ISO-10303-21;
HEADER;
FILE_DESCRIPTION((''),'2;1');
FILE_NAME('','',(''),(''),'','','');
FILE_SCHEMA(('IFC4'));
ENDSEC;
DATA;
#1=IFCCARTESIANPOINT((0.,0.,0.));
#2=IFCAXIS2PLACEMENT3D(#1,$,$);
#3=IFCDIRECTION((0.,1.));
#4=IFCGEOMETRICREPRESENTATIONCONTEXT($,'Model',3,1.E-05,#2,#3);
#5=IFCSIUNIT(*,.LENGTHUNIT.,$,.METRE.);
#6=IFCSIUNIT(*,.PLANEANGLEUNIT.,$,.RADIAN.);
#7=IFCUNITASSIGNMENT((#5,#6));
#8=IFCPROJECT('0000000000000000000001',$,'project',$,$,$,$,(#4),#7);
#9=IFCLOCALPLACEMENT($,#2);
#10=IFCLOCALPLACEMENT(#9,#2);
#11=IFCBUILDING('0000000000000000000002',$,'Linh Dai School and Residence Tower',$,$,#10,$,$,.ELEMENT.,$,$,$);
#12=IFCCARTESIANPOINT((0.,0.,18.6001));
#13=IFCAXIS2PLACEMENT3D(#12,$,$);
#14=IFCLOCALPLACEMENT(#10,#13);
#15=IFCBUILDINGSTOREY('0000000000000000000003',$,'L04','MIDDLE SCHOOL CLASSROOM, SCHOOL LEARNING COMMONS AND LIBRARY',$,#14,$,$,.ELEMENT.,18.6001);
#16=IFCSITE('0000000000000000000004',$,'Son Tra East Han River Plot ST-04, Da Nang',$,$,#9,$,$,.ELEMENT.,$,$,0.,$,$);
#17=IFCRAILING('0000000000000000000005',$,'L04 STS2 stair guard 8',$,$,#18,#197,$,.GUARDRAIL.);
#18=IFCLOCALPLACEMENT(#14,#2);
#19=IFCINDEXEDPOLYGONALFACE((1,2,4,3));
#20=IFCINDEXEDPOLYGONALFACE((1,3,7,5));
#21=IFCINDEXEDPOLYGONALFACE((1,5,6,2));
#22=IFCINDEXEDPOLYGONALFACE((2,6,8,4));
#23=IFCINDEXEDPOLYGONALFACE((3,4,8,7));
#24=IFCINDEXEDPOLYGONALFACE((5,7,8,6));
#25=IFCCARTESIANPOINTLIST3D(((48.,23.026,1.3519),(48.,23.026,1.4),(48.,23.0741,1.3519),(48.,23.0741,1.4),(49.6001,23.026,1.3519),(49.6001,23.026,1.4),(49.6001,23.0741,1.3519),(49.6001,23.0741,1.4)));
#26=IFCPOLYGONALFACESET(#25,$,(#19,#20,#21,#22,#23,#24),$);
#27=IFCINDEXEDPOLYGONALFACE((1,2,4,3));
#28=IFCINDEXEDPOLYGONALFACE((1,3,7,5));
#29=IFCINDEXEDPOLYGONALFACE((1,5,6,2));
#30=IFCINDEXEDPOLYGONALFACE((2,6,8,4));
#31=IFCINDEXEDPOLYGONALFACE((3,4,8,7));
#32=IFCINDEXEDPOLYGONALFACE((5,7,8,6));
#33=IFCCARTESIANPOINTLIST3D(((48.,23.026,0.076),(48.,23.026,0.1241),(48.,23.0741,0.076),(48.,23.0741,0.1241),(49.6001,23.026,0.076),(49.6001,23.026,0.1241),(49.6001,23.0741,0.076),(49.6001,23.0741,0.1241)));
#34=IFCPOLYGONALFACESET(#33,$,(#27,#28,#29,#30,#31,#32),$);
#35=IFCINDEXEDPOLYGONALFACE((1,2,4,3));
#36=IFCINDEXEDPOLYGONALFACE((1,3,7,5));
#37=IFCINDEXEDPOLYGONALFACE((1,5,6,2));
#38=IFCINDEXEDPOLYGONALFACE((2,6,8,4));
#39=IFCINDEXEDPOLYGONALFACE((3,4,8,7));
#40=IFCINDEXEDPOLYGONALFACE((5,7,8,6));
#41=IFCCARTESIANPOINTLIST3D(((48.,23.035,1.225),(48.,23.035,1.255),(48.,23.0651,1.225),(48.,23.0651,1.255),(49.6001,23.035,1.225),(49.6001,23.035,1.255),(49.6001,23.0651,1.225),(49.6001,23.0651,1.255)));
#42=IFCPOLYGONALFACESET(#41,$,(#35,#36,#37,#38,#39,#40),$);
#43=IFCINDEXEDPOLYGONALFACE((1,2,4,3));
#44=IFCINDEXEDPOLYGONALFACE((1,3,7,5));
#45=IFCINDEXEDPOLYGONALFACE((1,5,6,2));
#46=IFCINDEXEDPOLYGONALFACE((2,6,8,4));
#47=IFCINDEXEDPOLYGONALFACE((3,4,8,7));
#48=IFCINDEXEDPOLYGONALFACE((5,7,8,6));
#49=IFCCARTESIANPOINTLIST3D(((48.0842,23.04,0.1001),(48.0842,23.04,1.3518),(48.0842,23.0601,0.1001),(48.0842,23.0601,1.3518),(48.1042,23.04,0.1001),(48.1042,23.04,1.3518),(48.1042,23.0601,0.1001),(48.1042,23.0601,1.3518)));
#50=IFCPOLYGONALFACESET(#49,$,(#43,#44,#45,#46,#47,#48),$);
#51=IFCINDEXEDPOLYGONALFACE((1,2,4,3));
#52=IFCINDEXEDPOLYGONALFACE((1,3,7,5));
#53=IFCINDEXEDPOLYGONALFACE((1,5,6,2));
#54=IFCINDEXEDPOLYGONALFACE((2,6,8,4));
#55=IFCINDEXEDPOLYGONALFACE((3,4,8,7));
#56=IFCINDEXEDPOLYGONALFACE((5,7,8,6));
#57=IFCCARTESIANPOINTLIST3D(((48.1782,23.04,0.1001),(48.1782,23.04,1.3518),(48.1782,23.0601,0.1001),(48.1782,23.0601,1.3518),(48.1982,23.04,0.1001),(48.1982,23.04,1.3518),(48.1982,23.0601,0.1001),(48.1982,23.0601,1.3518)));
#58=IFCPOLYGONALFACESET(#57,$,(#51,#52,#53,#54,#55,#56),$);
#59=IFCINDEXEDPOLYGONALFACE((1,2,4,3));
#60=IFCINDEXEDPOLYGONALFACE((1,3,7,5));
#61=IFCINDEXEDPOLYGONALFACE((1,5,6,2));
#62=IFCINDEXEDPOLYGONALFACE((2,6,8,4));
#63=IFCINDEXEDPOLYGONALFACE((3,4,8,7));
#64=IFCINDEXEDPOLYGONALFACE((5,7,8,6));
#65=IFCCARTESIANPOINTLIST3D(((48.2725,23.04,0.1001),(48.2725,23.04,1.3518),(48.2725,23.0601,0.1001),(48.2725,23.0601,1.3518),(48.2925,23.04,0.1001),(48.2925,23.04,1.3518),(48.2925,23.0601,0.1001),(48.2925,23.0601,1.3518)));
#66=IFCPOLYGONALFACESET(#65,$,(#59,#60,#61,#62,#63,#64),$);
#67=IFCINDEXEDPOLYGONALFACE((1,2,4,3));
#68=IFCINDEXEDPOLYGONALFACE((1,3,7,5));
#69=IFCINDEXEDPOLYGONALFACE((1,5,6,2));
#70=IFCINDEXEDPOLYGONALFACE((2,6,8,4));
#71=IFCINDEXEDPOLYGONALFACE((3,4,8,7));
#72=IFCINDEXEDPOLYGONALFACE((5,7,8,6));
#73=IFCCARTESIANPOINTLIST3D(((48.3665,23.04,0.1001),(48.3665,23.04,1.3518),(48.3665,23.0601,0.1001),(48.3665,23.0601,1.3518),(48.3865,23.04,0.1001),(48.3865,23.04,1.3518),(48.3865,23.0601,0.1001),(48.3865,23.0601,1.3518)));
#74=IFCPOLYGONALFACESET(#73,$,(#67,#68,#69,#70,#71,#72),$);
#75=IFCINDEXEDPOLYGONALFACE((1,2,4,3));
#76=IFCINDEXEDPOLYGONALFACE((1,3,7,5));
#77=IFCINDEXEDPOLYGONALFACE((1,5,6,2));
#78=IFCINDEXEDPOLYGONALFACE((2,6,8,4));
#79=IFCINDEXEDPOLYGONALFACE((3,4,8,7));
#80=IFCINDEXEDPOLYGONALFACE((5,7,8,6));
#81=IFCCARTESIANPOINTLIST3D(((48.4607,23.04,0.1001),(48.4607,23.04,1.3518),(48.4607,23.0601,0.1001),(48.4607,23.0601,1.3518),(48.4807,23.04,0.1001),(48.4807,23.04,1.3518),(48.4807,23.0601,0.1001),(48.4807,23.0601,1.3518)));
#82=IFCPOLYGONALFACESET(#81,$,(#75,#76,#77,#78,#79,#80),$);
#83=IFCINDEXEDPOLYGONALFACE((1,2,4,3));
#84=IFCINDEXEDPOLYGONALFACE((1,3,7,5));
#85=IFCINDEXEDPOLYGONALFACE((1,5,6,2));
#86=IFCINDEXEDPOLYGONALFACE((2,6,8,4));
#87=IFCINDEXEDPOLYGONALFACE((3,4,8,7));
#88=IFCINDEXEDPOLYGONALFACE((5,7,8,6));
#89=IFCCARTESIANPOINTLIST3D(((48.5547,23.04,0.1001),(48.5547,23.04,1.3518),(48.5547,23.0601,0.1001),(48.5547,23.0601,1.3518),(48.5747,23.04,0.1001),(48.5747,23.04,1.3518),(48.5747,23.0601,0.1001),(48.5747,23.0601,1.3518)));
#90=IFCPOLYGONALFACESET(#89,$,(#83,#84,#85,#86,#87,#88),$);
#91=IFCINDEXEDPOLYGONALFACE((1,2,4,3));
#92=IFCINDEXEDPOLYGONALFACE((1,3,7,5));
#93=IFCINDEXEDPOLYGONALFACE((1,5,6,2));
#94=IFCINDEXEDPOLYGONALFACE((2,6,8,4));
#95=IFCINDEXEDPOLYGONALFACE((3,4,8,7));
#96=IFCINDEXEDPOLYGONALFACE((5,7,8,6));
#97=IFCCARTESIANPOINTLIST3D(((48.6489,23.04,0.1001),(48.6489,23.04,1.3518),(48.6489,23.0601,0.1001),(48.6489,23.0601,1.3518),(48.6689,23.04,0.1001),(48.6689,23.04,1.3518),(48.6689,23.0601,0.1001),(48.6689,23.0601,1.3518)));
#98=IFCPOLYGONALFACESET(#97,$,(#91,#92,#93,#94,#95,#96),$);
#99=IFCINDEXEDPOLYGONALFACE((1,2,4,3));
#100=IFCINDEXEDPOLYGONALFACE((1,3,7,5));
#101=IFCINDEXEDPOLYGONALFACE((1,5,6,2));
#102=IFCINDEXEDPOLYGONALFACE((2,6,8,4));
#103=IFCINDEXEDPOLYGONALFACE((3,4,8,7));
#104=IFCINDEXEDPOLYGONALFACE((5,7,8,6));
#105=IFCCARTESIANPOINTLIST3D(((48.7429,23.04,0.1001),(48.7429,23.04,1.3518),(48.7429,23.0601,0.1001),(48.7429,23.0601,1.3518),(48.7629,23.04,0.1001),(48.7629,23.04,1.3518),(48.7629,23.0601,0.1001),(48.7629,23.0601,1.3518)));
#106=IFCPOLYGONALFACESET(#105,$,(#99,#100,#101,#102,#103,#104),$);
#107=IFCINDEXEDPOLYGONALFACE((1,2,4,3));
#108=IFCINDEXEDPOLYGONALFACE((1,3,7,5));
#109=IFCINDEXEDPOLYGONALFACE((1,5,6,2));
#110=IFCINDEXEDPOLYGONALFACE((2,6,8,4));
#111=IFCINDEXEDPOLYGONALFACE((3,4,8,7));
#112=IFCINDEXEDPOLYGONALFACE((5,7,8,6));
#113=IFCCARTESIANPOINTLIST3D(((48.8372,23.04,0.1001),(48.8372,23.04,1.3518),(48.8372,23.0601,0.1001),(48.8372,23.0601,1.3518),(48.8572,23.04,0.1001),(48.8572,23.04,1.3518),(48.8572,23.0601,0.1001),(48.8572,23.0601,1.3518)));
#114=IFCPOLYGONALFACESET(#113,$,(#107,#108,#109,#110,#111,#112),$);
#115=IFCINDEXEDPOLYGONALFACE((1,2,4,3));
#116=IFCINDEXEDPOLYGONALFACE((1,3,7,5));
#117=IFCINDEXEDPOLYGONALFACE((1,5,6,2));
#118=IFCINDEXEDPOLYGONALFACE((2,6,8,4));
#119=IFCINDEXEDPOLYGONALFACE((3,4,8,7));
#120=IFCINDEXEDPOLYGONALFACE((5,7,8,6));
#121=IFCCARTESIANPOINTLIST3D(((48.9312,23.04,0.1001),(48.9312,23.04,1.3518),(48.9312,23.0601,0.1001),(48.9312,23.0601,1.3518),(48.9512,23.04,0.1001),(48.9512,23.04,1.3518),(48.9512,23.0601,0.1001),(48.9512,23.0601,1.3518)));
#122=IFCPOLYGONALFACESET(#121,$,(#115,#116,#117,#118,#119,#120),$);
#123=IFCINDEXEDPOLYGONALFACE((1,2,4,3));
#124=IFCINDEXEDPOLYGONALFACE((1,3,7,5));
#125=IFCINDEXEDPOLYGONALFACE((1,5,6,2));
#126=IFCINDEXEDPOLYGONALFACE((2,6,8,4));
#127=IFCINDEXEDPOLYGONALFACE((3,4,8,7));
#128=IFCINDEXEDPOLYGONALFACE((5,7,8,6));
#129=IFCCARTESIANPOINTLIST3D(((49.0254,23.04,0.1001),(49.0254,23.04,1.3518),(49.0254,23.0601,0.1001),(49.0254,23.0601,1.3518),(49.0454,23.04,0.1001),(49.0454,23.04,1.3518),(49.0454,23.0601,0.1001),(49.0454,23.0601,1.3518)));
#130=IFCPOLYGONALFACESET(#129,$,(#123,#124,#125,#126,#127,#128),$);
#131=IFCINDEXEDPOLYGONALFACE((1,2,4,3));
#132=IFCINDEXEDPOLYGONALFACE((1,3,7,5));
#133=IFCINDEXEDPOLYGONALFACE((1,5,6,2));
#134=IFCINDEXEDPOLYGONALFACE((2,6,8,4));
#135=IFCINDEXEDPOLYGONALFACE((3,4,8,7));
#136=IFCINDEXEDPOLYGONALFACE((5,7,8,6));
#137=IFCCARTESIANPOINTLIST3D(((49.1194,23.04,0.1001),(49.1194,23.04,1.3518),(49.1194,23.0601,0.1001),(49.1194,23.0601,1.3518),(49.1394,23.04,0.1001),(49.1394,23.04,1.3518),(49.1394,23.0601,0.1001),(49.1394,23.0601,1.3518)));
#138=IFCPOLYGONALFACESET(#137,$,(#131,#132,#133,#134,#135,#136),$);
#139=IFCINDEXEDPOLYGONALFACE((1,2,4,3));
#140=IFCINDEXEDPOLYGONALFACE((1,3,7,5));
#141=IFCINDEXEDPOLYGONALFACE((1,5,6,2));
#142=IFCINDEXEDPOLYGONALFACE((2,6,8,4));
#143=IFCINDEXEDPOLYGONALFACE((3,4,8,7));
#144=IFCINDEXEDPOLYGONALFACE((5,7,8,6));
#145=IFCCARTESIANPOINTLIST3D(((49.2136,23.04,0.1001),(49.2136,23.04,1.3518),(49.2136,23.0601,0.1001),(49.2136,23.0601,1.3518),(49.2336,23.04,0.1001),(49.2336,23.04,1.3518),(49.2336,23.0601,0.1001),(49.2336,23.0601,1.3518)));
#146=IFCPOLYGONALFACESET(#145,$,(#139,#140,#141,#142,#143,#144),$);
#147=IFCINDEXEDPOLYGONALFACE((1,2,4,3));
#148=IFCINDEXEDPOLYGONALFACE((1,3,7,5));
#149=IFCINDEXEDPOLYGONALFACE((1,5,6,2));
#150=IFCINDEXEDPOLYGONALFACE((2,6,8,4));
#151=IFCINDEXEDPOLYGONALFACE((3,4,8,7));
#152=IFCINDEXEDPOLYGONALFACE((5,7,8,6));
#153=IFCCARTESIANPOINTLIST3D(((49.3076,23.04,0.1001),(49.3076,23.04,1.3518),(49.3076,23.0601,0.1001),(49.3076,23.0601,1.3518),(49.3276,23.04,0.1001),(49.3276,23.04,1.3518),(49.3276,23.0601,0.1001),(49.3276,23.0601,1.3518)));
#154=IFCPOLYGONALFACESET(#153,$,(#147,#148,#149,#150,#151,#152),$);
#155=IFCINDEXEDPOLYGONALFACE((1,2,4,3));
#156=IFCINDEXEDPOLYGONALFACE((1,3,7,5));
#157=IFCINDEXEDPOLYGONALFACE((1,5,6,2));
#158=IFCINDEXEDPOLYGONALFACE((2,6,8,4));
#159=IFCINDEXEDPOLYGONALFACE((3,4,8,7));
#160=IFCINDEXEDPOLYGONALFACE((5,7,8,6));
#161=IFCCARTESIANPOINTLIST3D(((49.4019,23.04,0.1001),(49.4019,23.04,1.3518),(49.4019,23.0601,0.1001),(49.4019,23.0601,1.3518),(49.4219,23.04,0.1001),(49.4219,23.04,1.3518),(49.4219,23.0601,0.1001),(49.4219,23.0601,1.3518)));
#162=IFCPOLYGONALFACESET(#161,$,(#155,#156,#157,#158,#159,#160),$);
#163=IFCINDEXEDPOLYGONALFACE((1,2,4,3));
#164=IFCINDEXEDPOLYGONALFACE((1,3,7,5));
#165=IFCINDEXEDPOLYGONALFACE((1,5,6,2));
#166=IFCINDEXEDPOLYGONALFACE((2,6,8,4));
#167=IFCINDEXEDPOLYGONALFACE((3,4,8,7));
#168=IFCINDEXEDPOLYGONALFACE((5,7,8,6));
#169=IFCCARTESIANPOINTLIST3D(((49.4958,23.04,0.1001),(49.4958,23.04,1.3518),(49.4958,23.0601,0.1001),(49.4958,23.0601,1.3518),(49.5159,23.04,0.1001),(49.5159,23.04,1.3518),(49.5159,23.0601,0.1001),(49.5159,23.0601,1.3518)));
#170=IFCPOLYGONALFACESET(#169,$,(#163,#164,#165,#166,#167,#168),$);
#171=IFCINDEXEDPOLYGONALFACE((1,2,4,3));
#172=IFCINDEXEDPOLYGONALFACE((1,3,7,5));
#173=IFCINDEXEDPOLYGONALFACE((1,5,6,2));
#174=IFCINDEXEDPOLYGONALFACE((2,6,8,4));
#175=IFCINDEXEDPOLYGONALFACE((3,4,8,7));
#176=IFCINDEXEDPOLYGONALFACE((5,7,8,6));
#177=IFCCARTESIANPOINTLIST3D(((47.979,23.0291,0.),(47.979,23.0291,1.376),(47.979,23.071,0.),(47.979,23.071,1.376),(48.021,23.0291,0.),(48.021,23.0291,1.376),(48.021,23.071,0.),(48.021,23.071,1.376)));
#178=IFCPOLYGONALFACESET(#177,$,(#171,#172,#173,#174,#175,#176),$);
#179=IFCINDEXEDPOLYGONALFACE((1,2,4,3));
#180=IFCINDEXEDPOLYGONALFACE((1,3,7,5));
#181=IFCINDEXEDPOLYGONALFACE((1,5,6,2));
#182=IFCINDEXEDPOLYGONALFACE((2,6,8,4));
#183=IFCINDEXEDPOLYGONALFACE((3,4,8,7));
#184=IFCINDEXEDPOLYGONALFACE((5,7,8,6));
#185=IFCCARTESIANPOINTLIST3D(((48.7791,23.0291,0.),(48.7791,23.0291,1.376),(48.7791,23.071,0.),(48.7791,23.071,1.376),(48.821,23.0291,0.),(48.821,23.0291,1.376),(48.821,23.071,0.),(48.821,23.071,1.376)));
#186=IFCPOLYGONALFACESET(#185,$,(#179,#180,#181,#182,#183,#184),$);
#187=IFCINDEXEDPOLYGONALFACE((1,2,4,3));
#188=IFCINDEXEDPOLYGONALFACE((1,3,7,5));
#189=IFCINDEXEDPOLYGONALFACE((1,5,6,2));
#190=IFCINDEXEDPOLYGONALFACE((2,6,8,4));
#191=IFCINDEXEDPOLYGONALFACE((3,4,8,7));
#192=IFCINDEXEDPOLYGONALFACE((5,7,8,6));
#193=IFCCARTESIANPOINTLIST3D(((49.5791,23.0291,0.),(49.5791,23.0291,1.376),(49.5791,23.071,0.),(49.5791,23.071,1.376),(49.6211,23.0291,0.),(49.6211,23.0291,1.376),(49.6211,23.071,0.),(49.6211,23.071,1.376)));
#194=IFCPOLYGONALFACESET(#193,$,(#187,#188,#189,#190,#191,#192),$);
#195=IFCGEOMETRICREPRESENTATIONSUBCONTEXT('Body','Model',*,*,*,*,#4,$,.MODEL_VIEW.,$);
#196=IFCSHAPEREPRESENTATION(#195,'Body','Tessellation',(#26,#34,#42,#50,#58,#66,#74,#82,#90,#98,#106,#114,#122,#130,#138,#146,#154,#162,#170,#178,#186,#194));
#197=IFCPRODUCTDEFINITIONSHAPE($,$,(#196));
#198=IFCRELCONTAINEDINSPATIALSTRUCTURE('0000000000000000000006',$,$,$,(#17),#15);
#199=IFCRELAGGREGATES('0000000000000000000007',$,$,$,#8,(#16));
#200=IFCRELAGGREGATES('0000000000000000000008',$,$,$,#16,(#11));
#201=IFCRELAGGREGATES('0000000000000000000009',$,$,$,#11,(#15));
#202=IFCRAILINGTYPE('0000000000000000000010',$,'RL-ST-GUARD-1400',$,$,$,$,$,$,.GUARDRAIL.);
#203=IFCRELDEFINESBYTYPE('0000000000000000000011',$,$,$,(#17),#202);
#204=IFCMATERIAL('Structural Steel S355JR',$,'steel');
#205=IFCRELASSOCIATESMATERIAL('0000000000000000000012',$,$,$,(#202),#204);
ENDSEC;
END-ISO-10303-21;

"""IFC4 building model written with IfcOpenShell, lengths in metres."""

from ifc_helpers import new_model, si_unit, direction, frame, origin, origin_2d, place, context, subcontext, project, spatial, rectangle, extrude, source, transform, mapped, material, type_object, element, save


model = new_model("IFC4")

# Units and contexts
model_context = context("Model", 3, precision=1e-05, world=origin(), true_north=direction((0.0, 1.0)))
body_context = subcontext(model_context, "Body", "Model", "MODEL_VIEW")
ifc_project = project(units=[si_unit("LENGTHUNIT", "METRE"), si_unit("PLANEANGLEUNIT", "RADIAN")], contexts=[model_context])

# Site, building, storey
site_placement = place(None, origin())
site = spatial("IfcSite", under=ifc_project, at=site_placement, Name="Son Tra East Han River Plot ST-04, Da Nang", CompositionType="ELEMENT", RefElevation=0.0)
building_placement = place(site_placement, origin())
building = spatial("IfcBuilding", under=site, at=building_placement, Name="Linh Dai School and Residence Tower", CompositionType="ELEMENT")
storey_placement = place(building_placement, frame((0.0, 0.0, 18.6001)))
storey = spatial("IfcBuildingStorey", under=building, at=storey_placement, Name="L04", Description="MIDDLE SCHOOL CLASSROOM, SCHOOL LEARNING COMMONS AND LIBRARY", CompositionType="ELEMENT", Elevation=18.6001)

# Railing
ifc_material_1 = material(Name="Structural Steel S355JR", Category="steel")
railing_type_1 = type_object("IfcRailingType", Name="RL-ST-GUARD-1400", PredefinedType="GUARDRAIL", material=ifc_material_1)
shared_shape_1 = source(origin(), body_context, "Body", "SweptSolid", [
    extrude(rectangle(XDim=0.0481, YDim=0.0481, at=origin_2d()), frame((0.0, 0.0, 1.376), z_axis=(1.0, 0.0, 0.0), x_axis=(0.0, 1.0, 0.0)), (0.0, 0.0, 1.0), 1.6001),
    extrude(rectangle(XDim=0.0481, YDim=0.0481, at=origin_2d()), frame((0.0, 0.0, 0.1001), z_axis=(1.0, 0.0, 0.0), x_axis=(0.0, 1.0, 0.0)), (0.0, 0.0, 1.0), 1.6001),
    extrude(rectangle(XDim=0.03, YDim=0.03, at=origin_2d()), frame((0.0, 0.0, 1.24), z_axis=(1.0, 0.0, 0.0), x_axis=(0.0, 1.0, 0.0)), (0.0, 0.0, 1.0), 1.6001),
    extrude(rectangle(XDim=0.02, YDim=0.02, at=origin_2d()), frame((0.0942, 0.0, 0.1001)), (0.0, 0.0, 1.0), 1.2517),
    extrude(rectangle(XDim=0.02, YDim=0.02, at=origin_2d()), frame((0.1882, 0.0, 0.1001)), (0.0, 0.0, 1.0), 1.2517),
    extrude(rectangle(XDim=0.02, YDim=0.02, at=origin_2d()), frame((0.2825, 0.0, 0.1001)), (0.0, 0.0, 1.0), 1.2517),
    extrude(rectangle(XDim=0.02, YDim=0.02, at=origin_2d()), frame((0.3765, 0.0, 0.1001)), (0.0, 0.0, 1.0), 1.2517),
    extrude(rectangle(XDim=0.02, YDim=0.02, at=origin_2d()), frame((0.4707, 0.0, 0.1001)), (0.0, 0.0, 1.0), 1.2517),
    extrude(rectangle(XDim=0.02, YDim=0.02, at=origin_2d()), frame((0.5647, 0.0, 0.1001)), (0.0, 0.0, 1.0), 1.2517),
    extrude(rectangle(XDim=0.02, YDim=0.02, at=origin_2d()), frame((0.6589, 0.0, 0.1001)), (0.0, 0.0, 1.0), 1.2517),
    extrude(rectangle(XDim=0.02, YDim=0.02, at=origin_2d()), frame((0.7529, 0.0, 0.1001)), (0.0, 0.0, 1.0), 1.2517),
    extrude(rectangle(XDim=0.02, YDim=0.02, at=origin_2d()), frame((0.8472, 0.0, 0.1001)), (0.0, 0.0, 1.0), 1.2517),
    extrude(rectangle(XDim=0.02, YDim=0.02, at=origin_2d()), frame((0.9412, 0.0, 0.1001)), (0.0, 0.0, 1.0), 1.2517),
    extrude(rectangle(XDim=0.02, YDim=0.02, at=origin_2d()), frame((1.0354, 0.0, 0.1001)), (0.0, 0.0, 1.0), 1.2517),
    extrude(rectangle(XDim=0.02, YDim=0.02, at=origin_2d()), frame((1.1294, 0.0, 0.1001)), (0.0, 0.0, 1.0), 1.2517),
    extrude(rectangle(XDim=0.02, YDim=0.02, at=origin_2d()), frame((1.2236, 0.0, 0.1001)), (0.0, 0.0, 1.0), 1.2517),
    extrude(rectangle(XDim=0.02, YDim=0.02, at=origin_2d()), frame((1.3176, 0.0, 0.1001)), (0.0, 0.0, 1.0), 1.2517),
    extrude(rectangle(XDim=0.02, YDim=0.02, at=origin_2d()), frame((1.4119, 0.0, 0.1001)), (0.0, 0.0, 1.0), 1.2517),
    extrude(rectangle(XDim=0.02, YDim=0.02, at=origin_2d()), frame((1.5059, 0.0, 0.1001)), (0.0, 0.0, 1.0), 1.2517),
    extrude(rectangle(XDim=0.042, YDim=0.042, at=origin_2d()), origin(), (0.0, 0.0, 1.0), 1.376),
    extrude(rectangle(XDim=0.042, YDim=0.042, at=origin_2d()), frame((0.8, 0.0, 0.0)), (0.0, 0.0, 1.0), 1.376),
    extrude(rectangle(XDim=0.042, YDim=0.042, at=origin_2d()), frame((1.6001, 0.0, 0.0)), (0.0, 0.0, 1.0), 1.376),
])
railing_1_placement = place(storey_placement, frame((48.0, 23.05, 0.0)))
element("IfcRailing", 1, at=railing_1_placement, inside=storey, type_object=railing_type_1, Name="L04 STS2 stair guard 8", PredefinedType="GUARDRAIL", context=body_context, shape_type="MappedRepresentation", body=[
    mapped(shared_shape_1, transform((0.0, 0.0, 0.0), x_axis=(1.0, 0.0, 0.0), y_axis=(0.0, 1.0, 0.0), z_axis=(0.0, 0.0, 1.0), scale=1.0)),
])

save(model, "model.ifc")
